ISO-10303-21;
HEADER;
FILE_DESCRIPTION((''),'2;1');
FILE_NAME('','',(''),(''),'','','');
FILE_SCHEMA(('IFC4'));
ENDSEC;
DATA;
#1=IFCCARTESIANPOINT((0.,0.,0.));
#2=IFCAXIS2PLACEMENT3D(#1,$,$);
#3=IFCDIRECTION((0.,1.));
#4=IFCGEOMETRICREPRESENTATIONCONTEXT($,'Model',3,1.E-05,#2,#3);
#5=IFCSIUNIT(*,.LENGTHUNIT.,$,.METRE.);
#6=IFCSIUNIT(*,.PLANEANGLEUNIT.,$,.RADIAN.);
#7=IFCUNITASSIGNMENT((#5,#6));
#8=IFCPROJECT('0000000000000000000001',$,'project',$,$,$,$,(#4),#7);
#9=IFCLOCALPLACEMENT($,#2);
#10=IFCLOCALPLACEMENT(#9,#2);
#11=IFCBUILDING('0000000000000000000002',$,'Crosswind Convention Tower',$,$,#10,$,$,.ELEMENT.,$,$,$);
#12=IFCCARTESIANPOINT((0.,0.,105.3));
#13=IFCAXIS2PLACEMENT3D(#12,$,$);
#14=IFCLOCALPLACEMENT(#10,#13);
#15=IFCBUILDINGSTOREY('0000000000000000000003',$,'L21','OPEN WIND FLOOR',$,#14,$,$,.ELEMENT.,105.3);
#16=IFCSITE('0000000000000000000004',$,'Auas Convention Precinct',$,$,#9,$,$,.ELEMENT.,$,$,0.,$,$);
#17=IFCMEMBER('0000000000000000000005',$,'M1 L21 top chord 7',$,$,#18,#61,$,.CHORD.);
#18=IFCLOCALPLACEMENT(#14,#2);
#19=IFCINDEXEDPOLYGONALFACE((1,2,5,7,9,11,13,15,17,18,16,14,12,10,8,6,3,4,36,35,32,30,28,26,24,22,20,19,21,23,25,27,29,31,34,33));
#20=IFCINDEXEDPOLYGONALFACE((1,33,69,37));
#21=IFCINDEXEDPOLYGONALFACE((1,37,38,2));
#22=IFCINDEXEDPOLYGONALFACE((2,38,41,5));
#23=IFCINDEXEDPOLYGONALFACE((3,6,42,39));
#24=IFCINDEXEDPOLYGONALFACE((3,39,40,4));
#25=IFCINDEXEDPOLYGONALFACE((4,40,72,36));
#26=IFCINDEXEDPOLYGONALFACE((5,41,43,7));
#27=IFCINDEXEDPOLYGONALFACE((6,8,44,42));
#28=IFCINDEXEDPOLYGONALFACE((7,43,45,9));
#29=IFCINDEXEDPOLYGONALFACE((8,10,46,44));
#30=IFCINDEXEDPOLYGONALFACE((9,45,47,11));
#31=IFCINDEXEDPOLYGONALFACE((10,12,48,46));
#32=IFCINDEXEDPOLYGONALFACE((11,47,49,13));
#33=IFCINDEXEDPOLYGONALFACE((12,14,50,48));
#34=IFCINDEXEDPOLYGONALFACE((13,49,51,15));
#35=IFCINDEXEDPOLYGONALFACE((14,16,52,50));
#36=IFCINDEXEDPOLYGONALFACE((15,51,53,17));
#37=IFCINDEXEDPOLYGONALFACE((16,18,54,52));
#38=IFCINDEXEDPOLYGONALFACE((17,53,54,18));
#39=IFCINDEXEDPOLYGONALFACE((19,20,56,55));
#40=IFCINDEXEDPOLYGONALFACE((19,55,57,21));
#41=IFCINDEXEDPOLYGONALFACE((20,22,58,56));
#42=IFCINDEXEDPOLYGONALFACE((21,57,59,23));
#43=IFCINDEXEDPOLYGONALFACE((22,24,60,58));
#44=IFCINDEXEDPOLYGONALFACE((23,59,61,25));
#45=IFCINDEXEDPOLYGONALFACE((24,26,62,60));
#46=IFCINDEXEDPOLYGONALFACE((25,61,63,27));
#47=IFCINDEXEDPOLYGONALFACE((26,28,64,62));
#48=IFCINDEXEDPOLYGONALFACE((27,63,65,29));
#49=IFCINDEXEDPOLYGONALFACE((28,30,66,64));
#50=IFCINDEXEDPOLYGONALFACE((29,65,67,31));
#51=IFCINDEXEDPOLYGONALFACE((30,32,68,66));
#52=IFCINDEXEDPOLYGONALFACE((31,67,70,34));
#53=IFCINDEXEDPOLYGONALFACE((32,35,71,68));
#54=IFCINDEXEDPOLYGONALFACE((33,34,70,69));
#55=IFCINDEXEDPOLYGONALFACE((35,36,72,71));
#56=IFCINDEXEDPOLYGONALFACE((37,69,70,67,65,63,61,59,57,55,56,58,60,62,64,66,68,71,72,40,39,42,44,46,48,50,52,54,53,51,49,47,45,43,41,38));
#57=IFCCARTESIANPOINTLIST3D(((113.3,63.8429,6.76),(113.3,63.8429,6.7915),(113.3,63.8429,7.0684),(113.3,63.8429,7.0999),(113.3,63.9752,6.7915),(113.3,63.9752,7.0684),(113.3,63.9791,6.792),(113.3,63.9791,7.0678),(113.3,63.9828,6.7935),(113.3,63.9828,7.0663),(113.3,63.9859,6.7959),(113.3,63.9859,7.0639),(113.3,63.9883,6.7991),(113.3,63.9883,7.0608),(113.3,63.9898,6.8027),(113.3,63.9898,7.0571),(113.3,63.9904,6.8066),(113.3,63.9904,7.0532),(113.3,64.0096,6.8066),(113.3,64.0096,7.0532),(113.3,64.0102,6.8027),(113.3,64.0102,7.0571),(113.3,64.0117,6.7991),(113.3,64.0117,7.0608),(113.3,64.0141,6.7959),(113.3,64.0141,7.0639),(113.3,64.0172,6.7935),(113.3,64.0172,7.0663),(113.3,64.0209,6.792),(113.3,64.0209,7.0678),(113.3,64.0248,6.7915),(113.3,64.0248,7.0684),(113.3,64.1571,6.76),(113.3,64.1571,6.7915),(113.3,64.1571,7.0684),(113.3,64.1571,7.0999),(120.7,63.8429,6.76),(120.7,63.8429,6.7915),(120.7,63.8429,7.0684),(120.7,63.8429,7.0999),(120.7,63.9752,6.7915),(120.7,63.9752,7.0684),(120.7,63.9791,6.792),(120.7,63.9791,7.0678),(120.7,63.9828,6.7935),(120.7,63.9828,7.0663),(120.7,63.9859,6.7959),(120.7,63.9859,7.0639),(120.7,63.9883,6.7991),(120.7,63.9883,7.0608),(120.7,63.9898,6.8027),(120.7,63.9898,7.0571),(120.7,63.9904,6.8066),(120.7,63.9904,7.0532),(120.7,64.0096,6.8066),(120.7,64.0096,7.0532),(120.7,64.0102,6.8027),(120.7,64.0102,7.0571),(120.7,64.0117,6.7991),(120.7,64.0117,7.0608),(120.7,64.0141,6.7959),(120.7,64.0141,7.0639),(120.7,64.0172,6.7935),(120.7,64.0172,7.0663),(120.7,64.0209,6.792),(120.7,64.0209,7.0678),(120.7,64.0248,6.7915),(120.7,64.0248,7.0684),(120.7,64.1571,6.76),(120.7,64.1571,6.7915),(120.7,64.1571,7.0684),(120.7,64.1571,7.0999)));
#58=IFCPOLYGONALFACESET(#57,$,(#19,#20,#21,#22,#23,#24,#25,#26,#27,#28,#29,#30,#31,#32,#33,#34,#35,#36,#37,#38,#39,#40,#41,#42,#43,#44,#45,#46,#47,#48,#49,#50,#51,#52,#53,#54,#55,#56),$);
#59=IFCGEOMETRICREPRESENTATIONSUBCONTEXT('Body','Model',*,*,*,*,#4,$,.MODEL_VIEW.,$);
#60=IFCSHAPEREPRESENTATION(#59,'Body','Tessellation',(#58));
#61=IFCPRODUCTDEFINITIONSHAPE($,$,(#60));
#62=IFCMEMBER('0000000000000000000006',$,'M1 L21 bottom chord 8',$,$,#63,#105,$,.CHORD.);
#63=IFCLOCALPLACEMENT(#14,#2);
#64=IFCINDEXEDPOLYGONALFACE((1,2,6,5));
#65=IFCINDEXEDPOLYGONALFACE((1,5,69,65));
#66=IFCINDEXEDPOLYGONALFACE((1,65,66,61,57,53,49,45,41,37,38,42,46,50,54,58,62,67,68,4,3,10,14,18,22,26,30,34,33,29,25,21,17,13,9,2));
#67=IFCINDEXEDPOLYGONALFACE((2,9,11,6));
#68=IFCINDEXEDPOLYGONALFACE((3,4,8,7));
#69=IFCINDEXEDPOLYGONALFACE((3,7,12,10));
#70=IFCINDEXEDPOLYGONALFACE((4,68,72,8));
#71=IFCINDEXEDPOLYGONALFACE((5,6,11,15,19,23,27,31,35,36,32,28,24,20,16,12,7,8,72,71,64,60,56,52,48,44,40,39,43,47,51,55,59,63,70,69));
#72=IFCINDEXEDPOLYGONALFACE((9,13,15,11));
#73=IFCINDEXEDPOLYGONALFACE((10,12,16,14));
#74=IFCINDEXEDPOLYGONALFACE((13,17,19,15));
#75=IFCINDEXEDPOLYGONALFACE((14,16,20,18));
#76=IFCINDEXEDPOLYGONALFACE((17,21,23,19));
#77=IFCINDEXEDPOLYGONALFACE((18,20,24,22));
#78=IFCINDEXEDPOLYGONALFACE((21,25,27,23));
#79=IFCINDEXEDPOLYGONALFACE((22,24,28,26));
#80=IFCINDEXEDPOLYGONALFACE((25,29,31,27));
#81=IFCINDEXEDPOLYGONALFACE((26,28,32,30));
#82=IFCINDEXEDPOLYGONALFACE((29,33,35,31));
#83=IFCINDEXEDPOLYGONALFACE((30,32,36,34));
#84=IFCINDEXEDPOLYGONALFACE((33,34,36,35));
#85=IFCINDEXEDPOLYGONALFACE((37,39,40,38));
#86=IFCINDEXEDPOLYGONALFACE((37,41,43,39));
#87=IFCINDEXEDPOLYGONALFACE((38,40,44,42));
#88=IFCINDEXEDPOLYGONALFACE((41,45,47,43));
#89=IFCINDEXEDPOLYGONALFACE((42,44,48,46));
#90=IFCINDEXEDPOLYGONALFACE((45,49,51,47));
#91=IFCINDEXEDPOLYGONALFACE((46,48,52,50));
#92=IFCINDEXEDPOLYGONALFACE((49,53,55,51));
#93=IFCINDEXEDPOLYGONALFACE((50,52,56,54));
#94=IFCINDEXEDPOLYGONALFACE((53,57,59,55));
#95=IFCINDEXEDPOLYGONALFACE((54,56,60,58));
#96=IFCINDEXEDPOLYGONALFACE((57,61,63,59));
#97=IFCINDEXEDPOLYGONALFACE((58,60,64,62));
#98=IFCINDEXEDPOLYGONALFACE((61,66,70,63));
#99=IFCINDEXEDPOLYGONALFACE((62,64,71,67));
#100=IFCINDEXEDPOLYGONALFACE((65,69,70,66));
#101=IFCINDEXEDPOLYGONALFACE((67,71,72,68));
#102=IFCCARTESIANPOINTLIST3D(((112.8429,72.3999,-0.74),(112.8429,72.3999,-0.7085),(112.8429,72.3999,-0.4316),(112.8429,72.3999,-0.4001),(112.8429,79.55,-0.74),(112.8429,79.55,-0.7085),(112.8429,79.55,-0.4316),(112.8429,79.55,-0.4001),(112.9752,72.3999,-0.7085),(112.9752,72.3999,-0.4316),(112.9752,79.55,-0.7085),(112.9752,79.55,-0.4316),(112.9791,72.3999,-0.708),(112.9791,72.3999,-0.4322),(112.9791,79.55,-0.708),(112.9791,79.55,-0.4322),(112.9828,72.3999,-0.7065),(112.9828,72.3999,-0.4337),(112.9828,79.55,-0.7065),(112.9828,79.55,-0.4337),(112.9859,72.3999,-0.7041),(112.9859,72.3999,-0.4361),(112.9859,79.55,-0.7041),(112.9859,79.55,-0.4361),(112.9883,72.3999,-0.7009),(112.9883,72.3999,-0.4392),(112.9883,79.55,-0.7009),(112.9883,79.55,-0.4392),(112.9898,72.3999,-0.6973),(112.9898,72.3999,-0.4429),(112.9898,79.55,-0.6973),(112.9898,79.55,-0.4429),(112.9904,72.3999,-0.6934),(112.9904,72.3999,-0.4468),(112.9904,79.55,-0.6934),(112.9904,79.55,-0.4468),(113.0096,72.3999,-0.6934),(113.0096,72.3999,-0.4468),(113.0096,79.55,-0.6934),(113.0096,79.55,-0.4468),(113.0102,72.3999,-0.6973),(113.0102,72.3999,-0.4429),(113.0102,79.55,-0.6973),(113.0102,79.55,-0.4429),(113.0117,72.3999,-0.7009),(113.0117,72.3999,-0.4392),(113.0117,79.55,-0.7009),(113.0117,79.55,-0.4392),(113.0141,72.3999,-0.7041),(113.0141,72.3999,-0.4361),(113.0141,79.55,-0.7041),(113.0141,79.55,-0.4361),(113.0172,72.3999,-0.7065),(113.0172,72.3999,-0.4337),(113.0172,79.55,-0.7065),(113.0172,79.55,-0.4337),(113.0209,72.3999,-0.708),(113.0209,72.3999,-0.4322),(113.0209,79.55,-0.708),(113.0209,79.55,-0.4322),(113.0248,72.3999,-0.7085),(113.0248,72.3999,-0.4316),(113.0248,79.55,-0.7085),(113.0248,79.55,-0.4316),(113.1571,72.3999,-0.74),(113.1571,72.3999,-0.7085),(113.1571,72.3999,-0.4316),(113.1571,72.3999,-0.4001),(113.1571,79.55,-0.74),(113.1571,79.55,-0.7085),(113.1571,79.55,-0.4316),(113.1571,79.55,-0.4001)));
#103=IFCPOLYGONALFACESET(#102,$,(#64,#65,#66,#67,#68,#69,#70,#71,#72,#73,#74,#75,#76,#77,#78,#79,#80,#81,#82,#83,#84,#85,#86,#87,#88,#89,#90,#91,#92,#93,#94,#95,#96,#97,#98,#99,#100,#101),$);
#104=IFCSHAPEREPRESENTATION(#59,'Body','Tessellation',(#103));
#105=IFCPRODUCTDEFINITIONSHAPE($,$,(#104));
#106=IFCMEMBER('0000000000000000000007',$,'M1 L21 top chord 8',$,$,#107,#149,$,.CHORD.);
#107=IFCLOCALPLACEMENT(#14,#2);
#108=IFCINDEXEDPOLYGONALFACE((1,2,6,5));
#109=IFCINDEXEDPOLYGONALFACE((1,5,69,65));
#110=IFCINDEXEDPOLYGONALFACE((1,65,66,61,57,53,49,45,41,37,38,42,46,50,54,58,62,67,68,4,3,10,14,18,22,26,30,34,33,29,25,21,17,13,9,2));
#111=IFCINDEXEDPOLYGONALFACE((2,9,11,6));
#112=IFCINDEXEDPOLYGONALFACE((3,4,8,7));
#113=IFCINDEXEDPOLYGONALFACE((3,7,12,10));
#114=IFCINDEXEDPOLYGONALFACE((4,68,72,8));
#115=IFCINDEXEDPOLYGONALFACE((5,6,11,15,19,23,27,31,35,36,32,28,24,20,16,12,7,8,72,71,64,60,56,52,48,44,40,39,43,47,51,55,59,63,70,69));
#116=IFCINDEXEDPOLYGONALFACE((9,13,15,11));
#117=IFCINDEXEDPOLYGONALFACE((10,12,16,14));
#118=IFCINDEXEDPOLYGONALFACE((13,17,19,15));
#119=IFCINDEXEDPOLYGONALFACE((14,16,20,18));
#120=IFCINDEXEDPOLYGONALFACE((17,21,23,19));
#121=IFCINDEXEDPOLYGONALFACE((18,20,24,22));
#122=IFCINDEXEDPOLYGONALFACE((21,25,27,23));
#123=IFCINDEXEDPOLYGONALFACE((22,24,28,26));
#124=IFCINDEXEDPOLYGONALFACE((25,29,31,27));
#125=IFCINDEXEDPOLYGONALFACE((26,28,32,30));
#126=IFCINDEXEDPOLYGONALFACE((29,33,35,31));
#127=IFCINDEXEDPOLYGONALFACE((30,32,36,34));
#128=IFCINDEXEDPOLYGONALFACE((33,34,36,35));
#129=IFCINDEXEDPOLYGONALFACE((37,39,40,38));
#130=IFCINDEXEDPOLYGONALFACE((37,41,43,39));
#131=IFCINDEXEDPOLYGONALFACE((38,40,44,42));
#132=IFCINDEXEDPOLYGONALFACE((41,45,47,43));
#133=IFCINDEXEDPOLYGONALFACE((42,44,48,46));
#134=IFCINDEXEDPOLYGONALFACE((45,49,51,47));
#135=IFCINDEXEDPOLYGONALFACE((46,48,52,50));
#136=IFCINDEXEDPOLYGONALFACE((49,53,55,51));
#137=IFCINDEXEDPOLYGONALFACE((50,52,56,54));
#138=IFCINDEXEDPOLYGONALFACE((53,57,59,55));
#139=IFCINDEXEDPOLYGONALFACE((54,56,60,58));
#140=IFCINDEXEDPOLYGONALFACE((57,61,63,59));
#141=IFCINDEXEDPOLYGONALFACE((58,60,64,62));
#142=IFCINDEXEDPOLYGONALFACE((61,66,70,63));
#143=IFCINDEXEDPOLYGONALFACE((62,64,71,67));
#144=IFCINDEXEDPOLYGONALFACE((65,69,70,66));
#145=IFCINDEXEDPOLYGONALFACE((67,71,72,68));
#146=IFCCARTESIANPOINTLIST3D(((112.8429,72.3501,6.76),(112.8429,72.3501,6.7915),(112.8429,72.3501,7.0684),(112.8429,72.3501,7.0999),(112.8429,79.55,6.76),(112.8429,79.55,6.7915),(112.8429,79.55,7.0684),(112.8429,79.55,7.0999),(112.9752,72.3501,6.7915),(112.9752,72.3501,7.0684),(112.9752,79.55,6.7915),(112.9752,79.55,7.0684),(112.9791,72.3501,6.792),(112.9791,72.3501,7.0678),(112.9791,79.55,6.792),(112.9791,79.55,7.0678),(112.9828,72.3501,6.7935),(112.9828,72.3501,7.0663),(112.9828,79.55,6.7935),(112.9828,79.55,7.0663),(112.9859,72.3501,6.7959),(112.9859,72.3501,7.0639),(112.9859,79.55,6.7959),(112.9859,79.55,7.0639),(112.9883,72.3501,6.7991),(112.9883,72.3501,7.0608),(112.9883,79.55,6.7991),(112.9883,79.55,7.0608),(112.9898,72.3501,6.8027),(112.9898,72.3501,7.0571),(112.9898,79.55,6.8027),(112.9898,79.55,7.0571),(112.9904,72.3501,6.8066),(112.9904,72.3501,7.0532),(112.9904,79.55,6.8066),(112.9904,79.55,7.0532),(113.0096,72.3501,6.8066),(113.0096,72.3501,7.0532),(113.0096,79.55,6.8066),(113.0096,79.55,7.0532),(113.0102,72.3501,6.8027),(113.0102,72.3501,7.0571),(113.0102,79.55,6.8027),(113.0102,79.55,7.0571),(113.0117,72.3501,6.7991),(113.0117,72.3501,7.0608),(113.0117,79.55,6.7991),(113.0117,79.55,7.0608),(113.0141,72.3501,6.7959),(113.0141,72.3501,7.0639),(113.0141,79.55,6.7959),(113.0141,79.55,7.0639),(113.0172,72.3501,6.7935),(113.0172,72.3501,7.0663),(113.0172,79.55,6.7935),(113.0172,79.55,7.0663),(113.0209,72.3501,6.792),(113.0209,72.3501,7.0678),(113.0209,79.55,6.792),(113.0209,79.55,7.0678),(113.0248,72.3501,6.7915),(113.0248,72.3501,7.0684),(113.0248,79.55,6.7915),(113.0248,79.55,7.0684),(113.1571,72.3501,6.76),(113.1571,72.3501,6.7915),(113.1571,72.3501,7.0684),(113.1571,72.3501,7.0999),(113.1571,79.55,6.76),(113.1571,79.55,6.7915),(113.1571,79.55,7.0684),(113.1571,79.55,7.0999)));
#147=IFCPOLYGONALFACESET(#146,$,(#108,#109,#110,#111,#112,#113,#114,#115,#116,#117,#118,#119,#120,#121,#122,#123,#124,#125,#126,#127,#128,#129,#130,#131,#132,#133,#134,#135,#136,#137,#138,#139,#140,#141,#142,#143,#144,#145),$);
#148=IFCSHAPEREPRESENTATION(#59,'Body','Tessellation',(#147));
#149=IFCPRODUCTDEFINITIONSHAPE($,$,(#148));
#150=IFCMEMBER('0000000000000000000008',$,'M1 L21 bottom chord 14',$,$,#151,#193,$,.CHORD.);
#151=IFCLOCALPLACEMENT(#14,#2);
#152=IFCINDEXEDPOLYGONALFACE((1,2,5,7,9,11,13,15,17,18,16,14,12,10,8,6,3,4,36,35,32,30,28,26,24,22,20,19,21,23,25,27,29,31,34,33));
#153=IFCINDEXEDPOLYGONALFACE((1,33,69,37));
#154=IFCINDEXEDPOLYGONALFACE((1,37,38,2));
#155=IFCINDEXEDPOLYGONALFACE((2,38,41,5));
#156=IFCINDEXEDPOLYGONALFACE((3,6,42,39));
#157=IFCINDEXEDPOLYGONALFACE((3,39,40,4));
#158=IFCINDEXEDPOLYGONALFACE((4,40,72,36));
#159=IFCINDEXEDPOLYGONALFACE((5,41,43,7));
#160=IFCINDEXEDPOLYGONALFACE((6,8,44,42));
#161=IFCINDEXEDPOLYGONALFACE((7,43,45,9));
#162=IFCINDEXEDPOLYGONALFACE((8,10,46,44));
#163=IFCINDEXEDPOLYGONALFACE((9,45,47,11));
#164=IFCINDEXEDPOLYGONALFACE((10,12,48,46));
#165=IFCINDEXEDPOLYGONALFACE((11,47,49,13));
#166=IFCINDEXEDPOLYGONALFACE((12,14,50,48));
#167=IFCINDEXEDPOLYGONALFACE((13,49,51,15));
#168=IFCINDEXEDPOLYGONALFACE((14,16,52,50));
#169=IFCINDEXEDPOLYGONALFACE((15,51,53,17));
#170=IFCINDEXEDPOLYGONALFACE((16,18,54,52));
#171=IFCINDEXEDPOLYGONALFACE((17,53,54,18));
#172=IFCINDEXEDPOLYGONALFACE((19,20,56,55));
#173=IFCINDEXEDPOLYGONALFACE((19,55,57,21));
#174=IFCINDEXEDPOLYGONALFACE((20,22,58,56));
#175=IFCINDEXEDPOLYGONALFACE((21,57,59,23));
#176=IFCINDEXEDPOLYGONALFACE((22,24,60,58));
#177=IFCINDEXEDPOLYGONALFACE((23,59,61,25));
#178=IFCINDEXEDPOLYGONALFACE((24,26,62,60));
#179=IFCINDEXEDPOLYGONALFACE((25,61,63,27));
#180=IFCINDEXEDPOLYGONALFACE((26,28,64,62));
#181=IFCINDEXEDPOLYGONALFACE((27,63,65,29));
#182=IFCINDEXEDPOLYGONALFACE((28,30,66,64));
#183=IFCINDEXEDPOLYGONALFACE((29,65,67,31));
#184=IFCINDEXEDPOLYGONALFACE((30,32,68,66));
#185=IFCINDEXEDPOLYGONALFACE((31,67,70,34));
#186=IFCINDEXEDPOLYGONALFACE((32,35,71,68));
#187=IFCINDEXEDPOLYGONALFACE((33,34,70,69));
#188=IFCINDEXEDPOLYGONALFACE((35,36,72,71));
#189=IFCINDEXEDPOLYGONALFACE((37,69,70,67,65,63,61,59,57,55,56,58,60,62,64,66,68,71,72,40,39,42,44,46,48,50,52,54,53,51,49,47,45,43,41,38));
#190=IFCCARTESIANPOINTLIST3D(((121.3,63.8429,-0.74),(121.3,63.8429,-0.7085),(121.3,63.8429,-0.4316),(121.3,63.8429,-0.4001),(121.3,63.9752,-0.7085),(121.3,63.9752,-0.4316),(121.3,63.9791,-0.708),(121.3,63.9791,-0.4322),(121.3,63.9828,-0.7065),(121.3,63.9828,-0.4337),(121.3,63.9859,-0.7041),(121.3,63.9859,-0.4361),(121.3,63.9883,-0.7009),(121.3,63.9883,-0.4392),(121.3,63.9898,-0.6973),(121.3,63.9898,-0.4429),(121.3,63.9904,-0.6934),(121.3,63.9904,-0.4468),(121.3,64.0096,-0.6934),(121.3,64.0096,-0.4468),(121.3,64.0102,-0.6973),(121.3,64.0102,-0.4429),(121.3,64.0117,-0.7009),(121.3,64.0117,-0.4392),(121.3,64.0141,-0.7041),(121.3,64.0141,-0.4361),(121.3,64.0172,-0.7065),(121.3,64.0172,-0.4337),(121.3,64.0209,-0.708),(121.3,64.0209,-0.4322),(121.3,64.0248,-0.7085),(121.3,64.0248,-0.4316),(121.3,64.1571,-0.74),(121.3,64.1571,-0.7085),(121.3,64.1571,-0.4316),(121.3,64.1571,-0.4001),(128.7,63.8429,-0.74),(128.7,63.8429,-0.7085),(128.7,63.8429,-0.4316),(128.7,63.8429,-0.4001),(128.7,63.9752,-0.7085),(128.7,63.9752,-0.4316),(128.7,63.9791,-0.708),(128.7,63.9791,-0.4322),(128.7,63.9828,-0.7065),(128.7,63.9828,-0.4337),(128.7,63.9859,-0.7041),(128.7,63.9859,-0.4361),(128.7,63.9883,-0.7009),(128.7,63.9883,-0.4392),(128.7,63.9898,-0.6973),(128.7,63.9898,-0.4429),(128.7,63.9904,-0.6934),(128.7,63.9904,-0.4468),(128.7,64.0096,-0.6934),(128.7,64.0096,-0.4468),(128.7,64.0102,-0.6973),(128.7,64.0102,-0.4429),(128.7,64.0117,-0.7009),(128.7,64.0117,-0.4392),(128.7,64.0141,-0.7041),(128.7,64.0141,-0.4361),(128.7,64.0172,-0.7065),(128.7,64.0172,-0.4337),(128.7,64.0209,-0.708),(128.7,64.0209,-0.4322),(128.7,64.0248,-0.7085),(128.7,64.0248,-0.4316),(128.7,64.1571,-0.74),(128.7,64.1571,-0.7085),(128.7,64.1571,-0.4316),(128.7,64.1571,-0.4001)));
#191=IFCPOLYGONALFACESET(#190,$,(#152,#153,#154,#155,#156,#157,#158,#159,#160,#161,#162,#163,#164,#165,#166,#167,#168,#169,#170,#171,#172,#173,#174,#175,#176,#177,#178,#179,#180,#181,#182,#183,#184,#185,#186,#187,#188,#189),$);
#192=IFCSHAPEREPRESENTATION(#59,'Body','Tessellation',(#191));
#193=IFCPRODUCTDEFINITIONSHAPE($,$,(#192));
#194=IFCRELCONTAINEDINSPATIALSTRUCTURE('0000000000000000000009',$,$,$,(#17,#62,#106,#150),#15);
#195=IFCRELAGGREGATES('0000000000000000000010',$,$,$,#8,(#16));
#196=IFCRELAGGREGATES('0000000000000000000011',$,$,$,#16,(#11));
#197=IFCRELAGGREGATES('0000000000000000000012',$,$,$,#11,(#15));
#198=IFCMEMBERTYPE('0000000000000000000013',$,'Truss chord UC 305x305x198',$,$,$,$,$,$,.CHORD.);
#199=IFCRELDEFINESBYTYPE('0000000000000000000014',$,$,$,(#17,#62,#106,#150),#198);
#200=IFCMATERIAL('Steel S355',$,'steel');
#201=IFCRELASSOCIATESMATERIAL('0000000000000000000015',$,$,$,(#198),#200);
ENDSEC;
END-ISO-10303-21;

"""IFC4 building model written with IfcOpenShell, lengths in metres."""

from ifc_helpers import new_model, si_unit, direction, frame, origin, origin_2d, place, context, subcontext, project, spatial, i_section, extrude, material, material_profile, profile_set, type_object, element, save


model = new_model("IFC4")

# Units and contexts
model_context = context("Model", 3, precision=1e-05, world=origin(), true_north=direction((0.0, 1.0)))
body_context = subcontext(model_context, "Body", "Model", "MODEL_VIEW")
ifc_project = project(units=[si_unit("LENGTHUNIT", "METRE"), si_unit("PLANEANGLEUNIT", "RADIAN")], contexts=[model_context])

# Site, building, storey
site_placement = place(None, origin())
site = spatial("IfcSite", under=ifc_project, at=site_placement, Name="Auas Convention Precinct", CompositionType="ELEMENT", RefElevation=0.0)
building_placement = place(site_placement, origin())
building = spatial("IfcBuilding", under=site, at=building_placement, Name="Crosswind Convention Tower", CompositionType="ELEMENT")
storey_placement = place(building_placement, frame((0.0, 0.0, 105.3)))
storey = spatial("IfcBuildingStorey", under=building, at=storey_placement, Name="L21", Description="OPEN WIND FLOOR", CompositionType="ELEMENT", Elevation=105.3)

# Shared definitions
ifc_material_1 = material(Name="Steel S355", Category="steel")

# Members
ifc_material_profile_1 = material_profile(ifc_material_1, i_section(OverallWidth=0.3142, OverallDepth=0.3398, WebThickness=0.0193, FlangeThickness=0.0315, FilletRadius=0.0151, at=origin_2d()), Name="UC 305x305x198")
ifc_profile_set_1 = profile_set([ifc_material_profile_1], Name="Steel S355")
member_type_1 = type_object("IfcMemberType", Name="Truss chord UC 305x305x198", PredefinedType="CHORD", material=ifc_profile_set_1)
for number, where, z_axis, x_axis, name in (
    (1, (113.3, 64.0, 6.9299), (1.0, 0.0, 0.0), (0.0, 1.0, 0.0), "M1 L21 top chord 7"),
):
    element("IfcMember", number, at=place(storey_placement, frame(where, z_axis=z_axis, x_axis=x_axis)), inside=storey, type_object=member_type_1, Name=name, PredefinedType="CHORD", context=body_context, shape_type="SweptSolid", body=[
        extrude(i_section(OverallWidth=0.3142, OverallDepth=0.3398, WebThickness=0.0193, FlangeThickness=0.0315, FilletRadius=0.0151, at=origin_2d()), origin(), (0.0, 0.0, 1.0), 7.3999),
    ])
member_1_placement = place(storey_placement, frame((113.0, 72.3999, -0.5701), z_axis=(0.0, 1.0, 0.0), x_axis=(-1.0, 0.0, 0.0)))
element("IfcMember", 2, at=member_1_placement, inside=storey, type_object=member_type_1, Name="M1 L21 bottom chord 8", PredefinedType="CHORD", context=body_context, shape_type="SweptSolid", body=[
    extrude(i_section(OverallWidth=0.3142, OverallDepth=0.3398, WebThickness=0.0193, FlangeThickness=0.0315, FilletRadius=0.0151, at=origin_2d()), origin(), (0.0, 0.0, 1.0), 7.1501),
])
member_2_placement = place(storey_placement, frame((113.0, 72.3501, 6.9299), z_axis=(0.0, 1.0, 0.0), x_axis=(-1.0, 0.0, 0.0)))
element("IfcMember", 3, at=member_2_placement, inside=storey, type_object=member_type_1, Name="M1 L21 top chord 8", PredefinedType="CHORD", context=body_context, shape_type="SweptSolid", body=[
    extrude(i_section(OverallWidth=0.3142, OverallDepth=0.3398, WebThickness=0.0193, FlangeThickness=0.0315, FilletRadius=0.0151, at=origin_2d()), origin(), (0.0, 0.0, 1.0), 7.2),
])
for number, where, z_axis, x_axis, name in (
    (4, (121.3, 64.0, -0.5701), (1.0, 0.0, 0.0), (0.0, 1.0, 0.0), "M1 L21 bottom chord 14"),
):
    element("IfcMember", number, at=place(storey_placement, frame(where, z_axis=z_axis, x_axis=x_axis)), inside=storey, type_object=member_type_1, Name=name, PredefinedType="CHORD", context=body_context, shape_type="SweptSolid", body=[
        extrude(i_section(OverallWidth=0.3142, OverallDepth=0.3398, WebThickness=0.0193, FlangeThickness=0.0315, FilletRadius=0.0151, at=origin_2d()), origin(), (0.0, 0.0, 1.0), 7.3999),
    ])

save(model, "model.ifc")
